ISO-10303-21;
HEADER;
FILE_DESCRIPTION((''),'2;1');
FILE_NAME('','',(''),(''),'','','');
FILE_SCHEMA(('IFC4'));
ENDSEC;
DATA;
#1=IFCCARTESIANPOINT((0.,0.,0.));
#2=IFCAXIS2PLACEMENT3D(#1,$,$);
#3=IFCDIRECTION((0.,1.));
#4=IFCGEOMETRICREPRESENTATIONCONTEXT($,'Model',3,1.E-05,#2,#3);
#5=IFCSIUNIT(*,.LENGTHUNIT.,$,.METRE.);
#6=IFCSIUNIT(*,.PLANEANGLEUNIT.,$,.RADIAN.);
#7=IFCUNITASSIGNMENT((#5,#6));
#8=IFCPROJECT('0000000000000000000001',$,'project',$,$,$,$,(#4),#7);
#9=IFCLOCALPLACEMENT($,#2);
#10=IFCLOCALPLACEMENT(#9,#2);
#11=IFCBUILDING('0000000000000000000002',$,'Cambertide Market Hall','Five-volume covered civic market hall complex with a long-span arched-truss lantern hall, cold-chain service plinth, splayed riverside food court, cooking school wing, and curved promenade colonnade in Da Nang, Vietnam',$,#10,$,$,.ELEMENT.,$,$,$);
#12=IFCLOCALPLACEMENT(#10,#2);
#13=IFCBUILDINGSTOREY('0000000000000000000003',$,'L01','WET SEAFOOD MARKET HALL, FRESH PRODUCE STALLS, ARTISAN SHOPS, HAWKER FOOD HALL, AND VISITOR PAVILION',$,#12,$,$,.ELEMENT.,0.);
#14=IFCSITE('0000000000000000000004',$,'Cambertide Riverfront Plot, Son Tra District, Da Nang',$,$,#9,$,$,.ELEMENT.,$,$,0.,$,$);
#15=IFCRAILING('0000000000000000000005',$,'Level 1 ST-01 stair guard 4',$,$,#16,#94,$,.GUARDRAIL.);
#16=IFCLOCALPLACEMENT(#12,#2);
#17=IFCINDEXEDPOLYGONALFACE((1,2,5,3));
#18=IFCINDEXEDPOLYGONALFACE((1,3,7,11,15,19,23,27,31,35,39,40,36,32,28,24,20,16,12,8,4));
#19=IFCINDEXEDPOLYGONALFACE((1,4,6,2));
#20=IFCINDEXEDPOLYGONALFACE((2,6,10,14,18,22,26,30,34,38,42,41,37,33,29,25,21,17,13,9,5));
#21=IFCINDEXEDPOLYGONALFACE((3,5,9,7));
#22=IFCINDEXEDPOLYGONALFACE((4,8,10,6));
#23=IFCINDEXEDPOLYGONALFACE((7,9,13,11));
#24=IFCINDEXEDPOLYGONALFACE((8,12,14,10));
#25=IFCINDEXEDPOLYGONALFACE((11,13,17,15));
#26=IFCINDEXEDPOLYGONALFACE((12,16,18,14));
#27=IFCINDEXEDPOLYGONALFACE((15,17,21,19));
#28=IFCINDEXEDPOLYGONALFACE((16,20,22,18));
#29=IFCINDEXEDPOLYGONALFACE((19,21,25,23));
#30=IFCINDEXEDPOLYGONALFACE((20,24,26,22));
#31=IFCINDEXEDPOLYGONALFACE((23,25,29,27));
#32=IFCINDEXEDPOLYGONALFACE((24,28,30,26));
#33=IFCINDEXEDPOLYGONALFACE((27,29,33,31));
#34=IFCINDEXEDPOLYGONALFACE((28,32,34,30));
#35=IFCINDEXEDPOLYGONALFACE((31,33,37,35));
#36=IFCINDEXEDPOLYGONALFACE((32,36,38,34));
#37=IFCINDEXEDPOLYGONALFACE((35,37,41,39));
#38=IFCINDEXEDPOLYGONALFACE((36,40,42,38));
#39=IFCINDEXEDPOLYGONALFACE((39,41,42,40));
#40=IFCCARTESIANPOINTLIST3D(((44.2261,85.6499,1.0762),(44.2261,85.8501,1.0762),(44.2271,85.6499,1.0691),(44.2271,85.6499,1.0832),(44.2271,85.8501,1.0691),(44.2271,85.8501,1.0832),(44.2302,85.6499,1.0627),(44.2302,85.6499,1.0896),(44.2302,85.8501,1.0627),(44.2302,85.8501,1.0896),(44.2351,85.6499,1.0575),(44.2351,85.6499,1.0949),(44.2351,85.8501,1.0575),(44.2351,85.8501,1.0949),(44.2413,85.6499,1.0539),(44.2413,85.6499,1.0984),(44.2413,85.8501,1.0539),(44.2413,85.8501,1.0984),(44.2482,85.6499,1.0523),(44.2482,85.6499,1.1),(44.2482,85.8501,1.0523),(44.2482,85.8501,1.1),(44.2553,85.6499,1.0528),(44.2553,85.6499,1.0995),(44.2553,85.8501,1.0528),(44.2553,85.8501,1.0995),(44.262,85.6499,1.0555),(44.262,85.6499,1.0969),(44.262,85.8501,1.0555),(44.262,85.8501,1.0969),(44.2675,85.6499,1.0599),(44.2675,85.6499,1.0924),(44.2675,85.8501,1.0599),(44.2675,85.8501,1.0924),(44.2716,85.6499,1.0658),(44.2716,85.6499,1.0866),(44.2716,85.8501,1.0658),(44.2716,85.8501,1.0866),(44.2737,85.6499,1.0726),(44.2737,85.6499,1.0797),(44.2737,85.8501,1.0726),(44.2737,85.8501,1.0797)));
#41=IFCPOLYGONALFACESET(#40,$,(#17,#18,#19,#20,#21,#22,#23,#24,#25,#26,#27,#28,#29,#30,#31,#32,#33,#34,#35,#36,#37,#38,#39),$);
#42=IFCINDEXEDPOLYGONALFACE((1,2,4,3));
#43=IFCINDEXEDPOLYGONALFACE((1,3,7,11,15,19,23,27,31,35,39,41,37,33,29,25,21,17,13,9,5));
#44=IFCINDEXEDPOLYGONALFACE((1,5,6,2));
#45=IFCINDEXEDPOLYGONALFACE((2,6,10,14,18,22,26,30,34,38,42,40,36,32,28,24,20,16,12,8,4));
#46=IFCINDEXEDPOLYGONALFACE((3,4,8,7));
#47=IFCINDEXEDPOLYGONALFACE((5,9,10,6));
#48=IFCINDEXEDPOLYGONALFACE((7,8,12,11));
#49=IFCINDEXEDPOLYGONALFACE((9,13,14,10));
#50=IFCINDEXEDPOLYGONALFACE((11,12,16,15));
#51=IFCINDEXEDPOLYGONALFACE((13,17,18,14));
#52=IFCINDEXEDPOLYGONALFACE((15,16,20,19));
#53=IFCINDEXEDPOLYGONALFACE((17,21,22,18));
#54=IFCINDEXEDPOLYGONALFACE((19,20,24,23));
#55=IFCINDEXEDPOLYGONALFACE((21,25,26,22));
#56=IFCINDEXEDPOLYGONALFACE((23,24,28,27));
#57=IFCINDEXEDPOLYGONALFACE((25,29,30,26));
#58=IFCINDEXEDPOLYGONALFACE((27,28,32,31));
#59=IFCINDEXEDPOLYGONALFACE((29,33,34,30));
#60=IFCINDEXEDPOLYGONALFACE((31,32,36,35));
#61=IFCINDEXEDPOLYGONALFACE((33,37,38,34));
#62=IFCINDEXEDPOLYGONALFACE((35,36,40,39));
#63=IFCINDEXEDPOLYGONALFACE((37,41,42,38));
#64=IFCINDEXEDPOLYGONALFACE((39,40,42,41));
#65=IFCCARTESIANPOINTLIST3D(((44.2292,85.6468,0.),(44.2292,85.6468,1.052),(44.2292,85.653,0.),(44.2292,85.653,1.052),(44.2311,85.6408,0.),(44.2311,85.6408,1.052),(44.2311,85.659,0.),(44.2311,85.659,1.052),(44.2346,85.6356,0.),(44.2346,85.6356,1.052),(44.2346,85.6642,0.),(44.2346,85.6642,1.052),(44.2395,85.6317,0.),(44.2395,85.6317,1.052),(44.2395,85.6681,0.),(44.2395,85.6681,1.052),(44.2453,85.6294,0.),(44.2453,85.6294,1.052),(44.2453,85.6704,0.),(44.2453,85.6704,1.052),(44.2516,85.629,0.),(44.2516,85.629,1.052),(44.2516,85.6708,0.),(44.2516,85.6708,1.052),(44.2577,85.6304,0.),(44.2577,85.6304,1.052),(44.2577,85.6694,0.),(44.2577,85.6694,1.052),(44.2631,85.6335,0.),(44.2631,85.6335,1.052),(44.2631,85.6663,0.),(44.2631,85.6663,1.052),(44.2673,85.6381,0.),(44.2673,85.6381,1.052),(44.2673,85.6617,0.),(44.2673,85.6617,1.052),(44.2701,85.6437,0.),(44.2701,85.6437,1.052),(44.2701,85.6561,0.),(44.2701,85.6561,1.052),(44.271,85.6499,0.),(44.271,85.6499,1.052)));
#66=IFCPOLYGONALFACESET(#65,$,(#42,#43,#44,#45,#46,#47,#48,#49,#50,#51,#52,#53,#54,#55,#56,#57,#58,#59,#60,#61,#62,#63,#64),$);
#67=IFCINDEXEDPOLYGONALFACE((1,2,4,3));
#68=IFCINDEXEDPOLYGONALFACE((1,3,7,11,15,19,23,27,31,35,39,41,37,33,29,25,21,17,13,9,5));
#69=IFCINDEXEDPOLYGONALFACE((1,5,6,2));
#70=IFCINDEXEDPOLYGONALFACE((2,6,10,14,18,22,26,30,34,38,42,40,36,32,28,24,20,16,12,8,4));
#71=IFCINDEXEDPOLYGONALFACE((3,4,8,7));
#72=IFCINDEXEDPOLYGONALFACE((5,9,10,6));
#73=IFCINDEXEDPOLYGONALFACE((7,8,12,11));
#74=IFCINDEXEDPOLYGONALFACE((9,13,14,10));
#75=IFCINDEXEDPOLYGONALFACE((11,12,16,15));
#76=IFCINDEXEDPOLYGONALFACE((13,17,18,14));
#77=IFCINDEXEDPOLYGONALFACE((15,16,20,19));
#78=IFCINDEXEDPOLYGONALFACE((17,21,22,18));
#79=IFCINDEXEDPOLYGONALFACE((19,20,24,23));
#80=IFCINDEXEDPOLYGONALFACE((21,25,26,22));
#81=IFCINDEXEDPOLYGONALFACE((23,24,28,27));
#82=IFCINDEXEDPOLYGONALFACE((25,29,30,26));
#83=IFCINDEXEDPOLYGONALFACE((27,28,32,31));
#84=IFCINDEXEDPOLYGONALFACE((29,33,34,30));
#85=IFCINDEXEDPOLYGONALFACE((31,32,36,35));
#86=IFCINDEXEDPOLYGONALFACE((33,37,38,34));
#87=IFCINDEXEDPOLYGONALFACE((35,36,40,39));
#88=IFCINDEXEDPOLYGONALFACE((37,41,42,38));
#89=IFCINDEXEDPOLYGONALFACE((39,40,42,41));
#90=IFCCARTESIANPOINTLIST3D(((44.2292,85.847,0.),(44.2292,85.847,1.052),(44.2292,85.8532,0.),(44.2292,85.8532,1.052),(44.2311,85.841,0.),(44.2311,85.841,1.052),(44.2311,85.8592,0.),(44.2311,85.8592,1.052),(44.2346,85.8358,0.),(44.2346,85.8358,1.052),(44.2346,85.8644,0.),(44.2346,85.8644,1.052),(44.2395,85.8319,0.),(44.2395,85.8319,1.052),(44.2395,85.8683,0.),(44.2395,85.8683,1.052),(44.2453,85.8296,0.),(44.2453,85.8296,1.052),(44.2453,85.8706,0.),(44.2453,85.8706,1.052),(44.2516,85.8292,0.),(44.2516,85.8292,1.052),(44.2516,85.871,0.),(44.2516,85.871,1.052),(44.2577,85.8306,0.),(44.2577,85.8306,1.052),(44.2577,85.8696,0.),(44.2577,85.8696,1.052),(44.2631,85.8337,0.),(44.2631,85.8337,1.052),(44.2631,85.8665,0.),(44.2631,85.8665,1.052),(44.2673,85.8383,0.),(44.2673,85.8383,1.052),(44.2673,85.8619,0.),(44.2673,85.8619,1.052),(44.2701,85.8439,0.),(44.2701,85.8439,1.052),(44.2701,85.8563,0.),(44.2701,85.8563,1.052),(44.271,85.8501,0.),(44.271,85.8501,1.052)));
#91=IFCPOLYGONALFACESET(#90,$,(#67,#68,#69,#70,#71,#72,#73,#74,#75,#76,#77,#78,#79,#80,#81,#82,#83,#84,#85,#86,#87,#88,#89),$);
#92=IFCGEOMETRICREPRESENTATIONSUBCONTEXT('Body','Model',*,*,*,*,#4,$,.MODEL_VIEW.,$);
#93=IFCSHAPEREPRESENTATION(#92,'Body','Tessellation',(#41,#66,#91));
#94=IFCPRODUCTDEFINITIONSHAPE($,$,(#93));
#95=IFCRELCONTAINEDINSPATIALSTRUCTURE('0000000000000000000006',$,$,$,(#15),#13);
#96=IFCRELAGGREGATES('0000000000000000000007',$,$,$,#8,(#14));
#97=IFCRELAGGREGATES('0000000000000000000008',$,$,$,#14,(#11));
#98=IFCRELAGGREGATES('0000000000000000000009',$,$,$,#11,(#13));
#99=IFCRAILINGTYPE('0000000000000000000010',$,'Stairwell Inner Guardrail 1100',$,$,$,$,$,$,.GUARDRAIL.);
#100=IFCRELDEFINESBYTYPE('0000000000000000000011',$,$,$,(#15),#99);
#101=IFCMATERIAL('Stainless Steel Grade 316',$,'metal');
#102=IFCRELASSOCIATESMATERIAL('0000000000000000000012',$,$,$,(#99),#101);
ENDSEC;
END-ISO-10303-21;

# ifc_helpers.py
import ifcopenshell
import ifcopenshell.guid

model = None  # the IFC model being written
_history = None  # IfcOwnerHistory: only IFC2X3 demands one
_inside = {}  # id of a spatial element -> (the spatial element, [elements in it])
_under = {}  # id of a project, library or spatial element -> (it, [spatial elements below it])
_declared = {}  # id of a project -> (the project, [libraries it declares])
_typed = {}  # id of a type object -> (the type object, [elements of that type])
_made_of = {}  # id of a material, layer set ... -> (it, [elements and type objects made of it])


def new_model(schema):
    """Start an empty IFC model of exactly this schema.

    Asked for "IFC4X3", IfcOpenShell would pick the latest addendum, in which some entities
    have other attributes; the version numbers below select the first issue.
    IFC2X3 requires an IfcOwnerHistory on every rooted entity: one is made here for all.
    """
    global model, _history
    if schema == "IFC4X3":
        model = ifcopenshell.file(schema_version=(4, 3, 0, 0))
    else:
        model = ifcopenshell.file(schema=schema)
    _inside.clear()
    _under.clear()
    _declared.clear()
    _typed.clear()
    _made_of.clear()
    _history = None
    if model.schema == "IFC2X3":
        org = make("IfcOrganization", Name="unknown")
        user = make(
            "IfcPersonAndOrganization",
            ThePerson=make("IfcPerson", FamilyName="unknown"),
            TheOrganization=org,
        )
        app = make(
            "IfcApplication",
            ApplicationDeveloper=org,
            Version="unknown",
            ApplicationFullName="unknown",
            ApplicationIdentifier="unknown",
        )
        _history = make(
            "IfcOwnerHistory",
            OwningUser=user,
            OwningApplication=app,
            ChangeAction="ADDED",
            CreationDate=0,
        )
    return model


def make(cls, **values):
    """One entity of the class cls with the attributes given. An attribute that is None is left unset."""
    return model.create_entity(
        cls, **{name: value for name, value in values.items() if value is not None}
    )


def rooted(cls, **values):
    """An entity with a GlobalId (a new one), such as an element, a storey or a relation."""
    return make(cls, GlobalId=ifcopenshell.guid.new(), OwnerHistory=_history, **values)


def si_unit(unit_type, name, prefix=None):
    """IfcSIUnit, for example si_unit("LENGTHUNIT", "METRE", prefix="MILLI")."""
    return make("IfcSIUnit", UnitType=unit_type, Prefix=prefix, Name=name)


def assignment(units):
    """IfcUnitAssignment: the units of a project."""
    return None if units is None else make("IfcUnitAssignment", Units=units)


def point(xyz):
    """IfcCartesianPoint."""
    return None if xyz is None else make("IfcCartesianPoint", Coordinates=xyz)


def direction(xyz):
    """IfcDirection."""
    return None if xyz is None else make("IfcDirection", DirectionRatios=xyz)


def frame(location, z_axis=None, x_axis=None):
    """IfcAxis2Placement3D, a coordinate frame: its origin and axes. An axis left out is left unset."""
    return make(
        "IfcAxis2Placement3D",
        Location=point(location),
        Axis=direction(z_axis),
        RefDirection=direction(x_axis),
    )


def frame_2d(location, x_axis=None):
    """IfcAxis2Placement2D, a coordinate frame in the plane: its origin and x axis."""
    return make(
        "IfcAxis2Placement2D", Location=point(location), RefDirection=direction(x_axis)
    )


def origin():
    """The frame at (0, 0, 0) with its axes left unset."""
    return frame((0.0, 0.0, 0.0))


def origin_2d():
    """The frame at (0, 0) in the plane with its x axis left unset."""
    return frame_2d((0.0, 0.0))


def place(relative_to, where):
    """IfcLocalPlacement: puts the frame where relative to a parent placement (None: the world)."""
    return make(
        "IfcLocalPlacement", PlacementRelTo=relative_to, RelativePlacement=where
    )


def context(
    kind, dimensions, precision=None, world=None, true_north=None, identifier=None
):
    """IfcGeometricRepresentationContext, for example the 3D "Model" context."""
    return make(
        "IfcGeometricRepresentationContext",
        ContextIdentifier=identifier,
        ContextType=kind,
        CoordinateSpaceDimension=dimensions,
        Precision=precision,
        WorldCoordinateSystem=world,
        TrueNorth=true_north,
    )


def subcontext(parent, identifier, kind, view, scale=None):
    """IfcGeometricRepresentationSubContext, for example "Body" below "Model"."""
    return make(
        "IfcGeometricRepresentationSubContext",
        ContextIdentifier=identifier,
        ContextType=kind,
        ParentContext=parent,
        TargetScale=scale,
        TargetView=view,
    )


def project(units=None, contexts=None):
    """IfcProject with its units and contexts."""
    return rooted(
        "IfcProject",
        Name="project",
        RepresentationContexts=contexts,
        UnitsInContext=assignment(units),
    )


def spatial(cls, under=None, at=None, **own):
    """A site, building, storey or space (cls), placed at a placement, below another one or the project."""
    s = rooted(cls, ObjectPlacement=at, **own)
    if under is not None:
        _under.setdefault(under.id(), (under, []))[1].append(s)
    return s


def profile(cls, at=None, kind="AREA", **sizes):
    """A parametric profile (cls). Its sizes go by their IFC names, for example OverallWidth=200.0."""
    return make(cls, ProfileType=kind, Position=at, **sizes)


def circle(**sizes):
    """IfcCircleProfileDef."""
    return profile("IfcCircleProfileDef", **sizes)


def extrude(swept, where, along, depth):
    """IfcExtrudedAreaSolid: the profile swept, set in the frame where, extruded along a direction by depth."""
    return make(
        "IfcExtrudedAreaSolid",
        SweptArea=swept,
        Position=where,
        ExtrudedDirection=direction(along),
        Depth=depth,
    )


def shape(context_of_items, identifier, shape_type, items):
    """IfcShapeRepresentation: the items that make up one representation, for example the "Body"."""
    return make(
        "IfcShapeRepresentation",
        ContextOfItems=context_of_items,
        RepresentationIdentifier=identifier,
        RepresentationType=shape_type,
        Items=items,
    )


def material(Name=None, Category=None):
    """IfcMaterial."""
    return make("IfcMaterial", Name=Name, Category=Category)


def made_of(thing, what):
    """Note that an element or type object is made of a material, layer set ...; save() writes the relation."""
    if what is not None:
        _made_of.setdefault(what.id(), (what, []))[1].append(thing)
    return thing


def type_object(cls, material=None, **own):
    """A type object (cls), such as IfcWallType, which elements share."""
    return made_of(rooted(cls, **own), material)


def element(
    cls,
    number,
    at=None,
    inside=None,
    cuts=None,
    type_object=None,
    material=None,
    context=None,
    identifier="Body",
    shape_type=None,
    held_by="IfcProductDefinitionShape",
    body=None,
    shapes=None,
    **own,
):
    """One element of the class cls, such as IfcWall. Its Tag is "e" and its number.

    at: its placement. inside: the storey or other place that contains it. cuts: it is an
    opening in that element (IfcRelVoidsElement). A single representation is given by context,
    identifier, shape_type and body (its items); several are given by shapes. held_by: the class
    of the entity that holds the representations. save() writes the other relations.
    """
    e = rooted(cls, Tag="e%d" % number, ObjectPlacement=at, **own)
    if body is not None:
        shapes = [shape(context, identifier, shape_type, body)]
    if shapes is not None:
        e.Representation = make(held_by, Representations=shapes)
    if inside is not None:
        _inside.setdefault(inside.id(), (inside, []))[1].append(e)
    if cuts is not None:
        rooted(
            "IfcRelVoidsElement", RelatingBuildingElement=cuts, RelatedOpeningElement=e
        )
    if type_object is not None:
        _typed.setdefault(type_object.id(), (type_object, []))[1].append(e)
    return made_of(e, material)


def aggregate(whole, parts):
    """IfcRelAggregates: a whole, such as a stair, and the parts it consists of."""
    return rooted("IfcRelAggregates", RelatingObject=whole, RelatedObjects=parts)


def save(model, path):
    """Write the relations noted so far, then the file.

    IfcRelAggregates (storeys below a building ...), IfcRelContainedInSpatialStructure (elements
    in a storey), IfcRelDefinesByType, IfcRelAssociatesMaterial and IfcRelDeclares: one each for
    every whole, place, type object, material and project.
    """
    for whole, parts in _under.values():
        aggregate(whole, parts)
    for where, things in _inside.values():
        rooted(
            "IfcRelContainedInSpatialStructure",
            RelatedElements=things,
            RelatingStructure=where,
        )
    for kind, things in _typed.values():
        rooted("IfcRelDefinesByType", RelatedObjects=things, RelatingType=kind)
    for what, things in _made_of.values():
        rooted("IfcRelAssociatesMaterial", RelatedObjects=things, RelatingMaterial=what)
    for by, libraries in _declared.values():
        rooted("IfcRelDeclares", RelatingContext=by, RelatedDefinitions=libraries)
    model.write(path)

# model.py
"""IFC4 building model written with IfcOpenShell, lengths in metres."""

from ifc_helpers import new_model, si_unit, direction, frame, origin, origin_2d, place, context, subcontext, project, spatial, circle, extrude, material, type_object, element, save


model = new_model("IFC4")

# Units and contexts
model_context = context("Model", 3, precision=1e-05, world=origin(), true_north=direction((0.0, 1.0)))
body_context = subcontext(model_context, "Body", "Model", "MODEL_VIEW")
ifc_project = project(units=[si_unit("LENGTHUNIT", "METRE"), si_unit("PLANEANGLEUNIT", "RADIAN")], contexts=[model_context])

# Site, building, storey
site_placement = place(None, origin())
site = spatial("IfcSite", under=ifc_project, at=site_placement, Name="Cambertide Riverfront Plot, Son Tra District, Da Nang", CompositionType="ELEMENT", RefElevation=0.0)
building_placement = place(site_placement, origin())
building = spatial("IfcBuilding", under=site, at=building_placement, Name="Cambertide Market Hall", Description="Five-volume covered civic market hall complex with a long-span arched-truss lantern hall, cold-chain service plinth, splayed riverside food court, cooking school wing, and curved promenade colonnade in Da Nang, Vietnam", CompositionType="ELEMENT")
storey_placement = place(building_placement, origin())
storey = spatial("IfcBuildingStorey", under=building, at=storey_placement, Name="L01", Description="WET SEAFOOD MARKET HALL, FRESH PRODUCE STALLS, ARTISAN SHOPS, HAWKER FOOD HALL, AND VISITOR PAVILION", CompositionType="ELEMENT", Elevation=0.0)

# Railing
ifc_material_1 = material(Name="Stainless Steel Grade 316", Category="metal")
railing_type_1 = type_object("IfcRailingType", Name="Stairwell Inner Guardrail 1100", PredefinedType="GUARDRAIL", material=ifc_material_1)
railing_1_placement = place(storey_placement, frame((44.25, 85.6499, 0.0)))
element("IfcRailing", 1, at=railing_1_placement, inside=storey, type_object=railing_type_1, Name="Level 1 ST-01 stair guard 4", PredefinedType="GUARDRAIL", context=body_context, shape_type="SweptSolid", body=[
    extrude(circle(Radius=0.0239, at=origin_2d()), frame((0.0, 0.0, 1.0762), z_axis=(0.0, 1.0, 0.0), x_axis=(-1.0, 0.0, 0.0)), (0.0, 0.0, 1.0), 0.2002),
    extrude(circle(Radius=0.021, at=origin_2d()), origin(), (0.0, 0.0, 1.0), 1.052),
    extrude(circle(Radius=0.021, at=origin_2d()), frame((0.0, 0.2002, 0.0)), (0.0, 0.0, 1.0), 1.052),
])

save(model, "model.ifc")
